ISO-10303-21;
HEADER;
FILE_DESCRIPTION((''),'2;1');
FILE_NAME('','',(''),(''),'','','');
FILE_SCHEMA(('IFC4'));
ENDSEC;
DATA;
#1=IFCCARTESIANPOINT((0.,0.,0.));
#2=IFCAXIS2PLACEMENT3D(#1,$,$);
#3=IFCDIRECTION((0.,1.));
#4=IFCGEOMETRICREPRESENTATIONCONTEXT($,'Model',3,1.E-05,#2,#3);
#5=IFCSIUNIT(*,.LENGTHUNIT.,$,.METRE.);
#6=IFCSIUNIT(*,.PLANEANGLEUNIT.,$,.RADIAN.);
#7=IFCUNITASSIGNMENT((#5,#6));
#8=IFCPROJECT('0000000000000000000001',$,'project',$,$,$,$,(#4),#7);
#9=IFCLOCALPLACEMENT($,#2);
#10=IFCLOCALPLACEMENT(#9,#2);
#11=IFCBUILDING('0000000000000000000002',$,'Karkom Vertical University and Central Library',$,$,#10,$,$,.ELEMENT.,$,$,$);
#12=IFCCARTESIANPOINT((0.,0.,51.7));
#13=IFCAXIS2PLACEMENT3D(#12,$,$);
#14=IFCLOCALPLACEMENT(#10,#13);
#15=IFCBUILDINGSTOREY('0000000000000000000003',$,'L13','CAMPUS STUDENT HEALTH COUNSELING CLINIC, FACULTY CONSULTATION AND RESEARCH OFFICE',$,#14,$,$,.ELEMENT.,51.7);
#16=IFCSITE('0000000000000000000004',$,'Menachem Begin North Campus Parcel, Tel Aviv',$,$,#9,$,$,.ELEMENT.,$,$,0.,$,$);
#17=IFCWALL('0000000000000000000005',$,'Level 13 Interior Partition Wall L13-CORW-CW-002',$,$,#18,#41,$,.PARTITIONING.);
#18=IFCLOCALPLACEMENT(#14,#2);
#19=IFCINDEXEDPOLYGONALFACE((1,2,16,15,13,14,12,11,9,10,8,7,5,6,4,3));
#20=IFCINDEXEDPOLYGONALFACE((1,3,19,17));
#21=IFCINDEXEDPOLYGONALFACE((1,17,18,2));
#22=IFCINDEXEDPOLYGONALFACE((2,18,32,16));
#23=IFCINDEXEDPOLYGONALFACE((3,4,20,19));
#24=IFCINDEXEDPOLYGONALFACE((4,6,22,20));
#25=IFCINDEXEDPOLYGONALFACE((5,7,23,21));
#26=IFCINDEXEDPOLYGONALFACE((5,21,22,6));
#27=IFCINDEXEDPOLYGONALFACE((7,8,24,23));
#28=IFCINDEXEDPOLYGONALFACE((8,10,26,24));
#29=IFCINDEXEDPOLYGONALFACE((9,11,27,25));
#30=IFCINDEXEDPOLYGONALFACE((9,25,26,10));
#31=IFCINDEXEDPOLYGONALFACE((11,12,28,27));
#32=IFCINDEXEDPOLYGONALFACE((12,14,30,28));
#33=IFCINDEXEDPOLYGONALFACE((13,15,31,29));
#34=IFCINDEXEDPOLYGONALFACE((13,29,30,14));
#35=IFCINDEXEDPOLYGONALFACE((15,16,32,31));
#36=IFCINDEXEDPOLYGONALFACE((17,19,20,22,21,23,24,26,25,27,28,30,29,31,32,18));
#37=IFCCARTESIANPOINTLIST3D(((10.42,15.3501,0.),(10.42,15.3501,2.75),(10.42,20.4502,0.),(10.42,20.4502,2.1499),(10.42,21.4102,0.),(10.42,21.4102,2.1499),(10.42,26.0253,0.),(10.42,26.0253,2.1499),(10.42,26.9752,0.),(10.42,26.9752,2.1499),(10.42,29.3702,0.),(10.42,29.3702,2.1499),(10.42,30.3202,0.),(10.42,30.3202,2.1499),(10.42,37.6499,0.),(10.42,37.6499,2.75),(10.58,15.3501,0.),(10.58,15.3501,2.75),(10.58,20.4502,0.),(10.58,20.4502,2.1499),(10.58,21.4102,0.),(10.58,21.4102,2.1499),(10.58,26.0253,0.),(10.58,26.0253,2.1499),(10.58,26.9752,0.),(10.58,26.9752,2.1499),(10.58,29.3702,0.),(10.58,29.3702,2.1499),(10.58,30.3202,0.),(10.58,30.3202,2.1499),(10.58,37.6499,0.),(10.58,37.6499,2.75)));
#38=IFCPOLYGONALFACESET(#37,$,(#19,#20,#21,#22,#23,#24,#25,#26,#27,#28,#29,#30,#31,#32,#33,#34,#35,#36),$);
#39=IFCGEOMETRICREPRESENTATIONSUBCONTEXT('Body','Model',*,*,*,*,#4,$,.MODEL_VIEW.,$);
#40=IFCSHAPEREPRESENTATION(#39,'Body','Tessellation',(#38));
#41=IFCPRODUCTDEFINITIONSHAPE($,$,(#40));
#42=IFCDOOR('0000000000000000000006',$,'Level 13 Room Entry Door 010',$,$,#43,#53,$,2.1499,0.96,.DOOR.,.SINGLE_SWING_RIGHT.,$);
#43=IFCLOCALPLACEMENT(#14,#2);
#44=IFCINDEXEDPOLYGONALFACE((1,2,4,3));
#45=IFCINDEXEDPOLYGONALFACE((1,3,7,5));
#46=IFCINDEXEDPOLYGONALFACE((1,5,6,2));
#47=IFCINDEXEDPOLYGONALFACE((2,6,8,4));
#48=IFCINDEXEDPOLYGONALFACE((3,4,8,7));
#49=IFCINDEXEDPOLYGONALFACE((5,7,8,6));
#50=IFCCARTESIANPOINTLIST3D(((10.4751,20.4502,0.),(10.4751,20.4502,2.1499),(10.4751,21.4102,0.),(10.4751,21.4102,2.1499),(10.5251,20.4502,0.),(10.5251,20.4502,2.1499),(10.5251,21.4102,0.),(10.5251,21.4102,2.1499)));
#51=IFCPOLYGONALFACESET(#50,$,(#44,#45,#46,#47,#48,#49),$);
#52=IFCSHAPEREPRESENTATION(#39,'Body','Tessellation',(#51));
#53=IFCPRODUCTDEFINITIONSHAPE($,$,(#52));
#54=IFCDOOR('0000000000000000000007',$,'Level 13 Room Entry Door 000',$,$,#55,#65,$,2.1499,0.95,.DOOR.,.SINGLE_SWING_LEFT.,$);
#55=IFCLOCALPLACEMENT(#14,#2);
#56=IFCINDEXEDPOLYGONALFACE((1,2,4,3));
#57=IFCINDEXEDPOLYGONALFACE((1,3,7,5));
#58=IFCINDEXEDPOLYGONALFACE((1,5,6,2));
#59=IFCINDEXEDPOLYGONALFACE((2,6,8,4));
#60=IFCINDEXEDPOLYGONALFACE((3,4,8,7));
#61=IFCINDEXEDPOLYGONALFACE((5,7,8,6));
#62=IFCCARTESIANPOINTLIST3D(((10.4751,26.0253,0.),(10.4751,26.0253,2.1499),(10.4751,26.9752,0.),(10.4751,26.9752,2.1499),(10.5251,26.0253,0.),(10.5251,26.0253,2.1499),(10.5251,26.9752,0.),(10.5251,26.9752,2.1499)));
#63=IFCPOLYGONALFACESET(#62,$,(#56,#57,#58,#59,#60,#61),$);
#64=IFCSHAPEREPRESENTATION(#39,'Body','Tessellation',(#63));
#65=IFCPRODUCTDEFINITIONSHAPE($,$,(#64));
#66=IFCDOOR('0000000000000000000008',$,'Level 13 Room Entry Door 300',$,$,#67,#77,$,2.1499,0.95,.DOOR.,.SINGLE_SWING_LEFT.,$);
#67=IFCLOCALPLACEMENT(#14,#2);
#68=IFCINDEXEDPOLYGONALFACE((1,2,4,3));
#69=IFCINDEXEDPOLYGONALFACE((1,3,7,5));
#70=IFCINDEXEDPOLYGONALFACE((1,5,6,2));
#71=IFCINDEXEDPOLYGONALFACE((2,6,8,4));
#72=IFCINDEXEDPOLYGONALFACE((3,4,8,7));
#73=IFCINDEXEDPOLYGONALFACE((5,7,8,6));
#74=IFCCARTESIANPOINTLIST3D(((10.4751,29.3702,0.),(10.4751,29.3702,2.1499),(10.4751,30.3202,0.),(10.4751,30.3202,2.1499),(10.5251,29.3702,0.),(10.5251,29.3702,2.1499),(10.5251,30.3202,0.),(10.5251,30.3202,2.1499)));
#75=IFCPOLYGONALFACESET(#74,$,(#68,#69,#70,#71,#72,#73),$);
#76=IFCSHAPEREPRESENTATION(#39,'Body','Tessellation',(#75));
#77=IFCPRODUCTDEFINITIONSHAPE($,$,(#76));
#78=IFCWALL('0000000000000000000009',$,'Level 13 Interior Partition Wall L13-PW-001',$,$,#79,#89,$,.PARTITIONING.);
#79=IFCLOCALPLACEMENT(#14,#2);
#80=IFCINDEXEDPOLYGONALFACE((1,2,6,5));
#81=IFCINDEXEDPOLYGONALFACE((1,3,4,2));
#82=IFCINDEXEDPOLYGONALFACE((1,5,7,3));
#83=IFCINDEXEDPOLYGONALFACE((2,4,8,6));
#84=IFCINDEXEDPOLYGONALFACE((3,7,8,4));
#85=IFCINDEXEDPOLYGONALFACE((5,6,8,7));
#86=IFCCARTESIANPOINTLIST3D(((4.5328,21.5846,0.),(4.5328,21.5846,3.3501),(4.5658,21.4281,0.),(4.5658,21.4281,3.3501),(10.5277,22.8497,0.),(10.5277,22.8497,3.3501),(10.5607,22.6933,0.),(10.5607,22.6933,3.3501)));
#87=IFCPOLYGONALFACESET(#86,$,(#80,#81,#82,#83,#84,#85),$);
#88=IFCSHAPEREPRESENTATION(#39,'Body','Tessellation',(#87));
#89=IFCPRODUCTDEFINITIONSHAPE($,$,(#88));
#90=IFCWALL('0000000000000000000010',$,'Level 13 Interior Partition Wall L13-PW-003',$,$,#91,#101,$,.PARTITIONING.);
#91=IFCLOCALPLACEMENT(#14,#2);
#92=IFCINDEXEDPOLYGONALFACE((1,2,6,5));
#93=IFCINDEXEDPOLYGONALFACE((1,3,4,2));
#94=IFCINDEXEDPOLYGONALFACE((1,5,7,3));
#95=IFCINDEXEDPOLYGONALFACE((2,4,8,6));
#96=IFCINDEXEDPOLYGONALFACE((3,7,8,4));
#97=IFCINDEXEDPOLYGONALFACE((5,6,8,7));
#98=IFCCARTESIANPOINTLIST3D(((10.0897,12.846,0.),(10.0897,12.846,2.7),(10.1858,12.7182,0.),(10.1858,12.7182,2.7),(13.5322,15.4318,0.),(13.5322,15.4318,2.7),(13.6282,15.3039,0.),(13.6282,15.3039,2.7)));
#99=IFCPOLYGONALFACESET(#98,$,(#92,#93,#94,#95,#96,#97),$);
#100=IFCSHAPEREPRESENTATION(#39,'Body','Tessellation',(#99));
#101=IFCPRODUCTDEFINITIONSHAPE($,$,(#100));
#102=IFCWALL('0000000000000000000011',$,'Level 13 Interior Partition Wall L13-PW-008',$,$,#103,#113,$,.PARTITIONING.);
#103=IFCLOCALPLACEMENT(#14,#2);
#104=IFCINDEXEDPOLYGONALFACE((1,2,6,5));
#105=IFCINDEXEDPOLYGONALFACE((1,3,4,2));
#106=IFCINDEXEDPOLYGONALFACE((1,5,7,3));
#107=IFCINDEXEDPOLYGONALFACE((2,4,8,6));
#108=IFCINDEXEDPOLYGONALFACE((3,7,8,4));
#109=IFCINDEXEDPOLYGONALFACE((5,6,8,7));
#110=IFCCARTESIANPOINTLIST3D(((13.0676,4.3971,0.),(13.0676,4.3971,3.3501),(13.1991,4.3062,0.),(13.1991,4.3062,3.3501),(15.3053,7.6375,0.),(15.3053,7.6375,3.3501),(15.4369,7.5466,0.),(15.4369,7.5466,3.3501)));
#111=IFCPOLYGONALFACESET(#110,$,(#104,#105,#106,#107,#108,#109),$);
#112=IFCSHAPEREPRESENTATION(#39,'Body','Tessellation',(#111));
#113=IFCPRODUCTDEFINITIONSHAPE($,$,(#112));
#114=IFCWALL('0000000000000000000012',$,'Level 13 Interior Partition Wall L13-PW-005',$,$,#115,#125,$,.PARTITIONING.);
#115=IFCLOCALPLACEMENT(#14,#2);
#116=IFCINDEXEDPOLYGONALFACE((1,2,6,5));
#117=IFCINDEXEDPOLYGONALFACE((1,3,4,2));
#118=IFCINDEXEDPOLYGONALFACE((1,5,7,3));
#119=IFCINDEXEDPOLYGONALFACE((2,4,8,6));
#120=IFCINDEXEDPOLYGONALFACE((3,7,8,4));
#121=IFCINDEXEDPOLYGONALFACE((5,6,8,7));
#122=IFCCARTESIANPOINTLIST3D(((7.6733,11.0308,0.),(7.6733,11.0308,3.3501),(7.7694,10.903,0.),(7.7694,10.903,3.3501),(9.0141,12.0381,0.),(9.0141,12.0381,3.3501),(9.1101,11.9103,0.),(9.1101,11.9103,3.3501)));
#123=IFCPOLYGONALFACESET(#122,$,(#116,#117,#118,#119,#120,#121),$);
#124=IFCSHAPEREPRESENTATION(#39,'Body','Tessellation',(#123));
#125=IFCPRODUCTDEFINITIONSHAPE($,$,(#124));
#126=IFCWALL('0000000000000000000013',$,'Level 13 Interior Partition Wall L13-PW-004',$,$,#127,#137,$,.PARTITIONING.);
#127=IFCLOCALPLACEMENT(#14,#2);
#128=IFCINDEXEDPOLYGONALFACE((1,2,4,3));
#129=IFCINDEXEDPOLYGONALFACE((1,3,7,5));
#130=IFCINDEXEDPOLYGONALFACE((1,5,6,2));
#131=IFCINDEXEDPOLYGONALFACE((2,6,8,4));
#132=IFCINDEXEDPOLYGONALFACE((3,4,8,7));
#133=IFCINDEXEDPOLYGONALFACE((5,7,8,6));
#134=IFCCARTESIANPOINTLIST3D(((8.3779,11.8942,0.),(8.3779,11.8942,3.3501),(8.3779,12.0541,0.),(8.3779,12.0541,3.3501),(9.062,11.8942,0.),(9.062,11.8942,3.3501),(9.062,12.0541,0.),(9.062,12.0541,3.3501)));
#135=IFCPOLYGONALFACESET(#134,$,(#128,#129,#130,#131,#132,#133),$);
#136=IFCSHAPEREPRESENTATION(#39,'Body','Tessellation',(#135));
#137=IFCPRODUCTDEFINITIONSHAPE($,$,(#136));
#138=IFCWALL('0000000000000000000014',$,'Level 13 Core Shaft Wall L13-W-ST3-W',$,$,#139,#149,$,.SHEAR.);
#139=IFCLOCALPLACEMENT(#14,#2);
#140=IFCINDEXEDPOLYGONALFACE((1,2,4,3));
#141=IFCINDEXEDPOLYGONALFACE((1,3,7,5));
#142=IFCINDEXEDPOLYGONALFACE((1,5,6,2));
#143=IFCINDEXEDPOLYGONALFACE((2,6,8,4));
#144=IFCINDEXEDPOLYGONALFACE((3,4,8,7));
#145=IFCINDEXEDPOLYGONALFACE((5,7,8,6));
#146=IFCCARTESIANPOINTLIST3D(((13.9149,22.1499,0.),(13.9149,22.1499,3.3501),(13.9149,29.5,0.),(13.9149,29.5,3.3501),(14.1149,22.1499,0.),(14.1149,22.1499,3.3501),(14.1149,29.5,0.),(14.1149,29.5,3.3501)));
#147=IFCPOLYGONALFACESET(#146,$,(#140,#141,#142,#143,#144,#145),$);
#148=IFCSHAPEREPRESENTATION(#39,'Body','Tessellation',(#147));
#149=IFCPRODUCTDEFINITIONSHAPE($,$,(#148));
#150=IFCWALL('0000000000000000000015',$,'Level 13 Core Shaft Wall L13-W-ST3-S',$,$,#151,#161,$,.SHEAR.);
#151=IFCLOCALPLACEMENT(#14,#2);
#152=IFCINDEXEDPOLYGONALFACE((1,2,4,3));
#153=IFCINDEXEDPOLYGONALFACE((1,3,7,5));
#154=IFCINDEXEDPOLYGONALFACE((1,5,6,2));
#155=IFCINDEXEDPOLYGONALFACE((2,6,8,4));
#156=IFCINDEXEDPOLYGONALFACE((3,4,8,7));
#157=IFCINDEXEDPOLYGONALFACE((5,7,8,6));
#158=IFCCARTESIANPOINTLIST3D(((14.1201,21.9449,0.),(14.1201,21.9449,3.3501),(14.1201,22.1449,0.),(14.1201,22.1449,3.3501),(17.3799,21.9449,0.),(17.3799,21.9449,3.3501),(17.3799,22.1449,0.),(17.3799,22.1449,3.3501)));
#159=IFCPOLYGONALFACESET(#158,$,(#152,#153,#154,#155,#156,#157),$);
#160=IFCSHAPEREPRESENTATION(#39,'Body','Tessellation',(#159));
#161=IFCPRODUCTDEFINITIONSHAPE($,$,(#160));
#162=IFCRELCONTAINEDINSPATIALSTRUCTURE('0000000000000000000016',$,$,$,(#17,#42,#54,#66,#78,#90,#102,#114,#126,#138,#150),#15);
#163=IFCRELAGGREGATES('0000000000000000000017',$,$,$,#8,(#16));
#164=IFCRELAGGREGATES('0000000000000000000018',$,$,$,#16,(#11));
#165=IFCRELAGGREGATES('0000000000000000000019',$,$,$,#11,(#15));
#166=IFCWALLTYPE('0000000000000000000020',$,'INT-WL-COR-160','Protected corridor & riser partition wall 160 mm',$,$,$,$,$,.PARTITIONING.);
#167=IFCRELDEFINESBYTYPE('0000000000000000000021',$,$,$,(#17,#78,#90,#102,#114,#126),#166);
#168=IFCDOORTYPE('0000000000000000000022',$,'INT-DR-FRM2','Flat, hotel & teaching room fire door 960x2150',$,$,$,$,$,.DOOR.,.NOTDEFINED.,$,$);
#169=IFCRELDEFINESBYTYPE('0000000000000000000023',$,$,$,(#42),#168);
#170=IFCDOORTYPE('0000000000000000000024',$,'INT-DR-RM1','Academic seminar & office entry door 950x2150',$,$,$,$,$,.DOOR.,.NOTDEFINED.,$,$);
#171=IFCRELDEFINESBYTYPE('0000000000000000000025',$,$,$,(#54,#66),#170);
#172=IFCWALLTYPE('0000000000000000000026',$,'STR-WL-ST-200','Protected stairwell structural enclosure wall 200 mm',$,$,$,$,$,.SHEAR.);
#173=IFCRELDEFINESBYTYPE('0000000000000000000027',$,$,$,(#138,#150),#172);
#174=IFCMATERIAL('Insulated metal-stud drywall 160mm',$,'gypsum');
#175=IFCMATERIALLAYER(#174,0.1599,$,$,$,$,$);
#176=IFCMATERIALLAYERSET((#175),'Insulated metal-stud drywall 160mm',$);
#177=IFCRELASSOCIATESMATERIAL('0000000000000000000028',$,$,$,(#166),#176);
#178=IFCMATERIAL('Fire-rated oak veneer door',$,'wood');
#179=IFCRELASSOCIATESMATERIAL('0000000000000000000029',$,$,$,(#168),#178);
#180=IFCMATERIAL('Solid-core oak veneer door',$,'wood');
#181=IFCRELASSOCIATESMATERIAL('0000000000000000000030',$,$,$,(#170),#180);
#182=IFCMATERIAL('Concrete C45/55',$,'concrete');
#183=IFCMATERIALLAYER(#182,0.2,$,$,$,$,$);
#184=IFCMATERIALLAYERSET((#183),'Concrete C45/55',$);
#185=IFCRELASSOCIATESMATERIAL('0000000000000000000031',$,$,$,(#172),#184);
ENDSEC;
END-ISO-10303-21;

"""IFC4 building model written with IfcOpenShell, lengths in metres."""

from ifc_helpers import new_model, si_unit, direction, frame, frame_2d, origin, origin_with_axes, place, context, subcontext, project, spatial, rectangle, extrude, source, transform, mapped, material, layer, layer_set, type_object, element, fill, save


model = new_model("IFC4")

# Units and contexts
model_context = context("Model", 3, precision=1e-05, world=origin(), true_north=direction((0.0, 1.0)))
body_context = subcontext(model_context, "Body", "Model", "MODEL_VIEW")
ifc_project = project(units=[si_unit("LENGTHUNIT", "METRE"), si_unit("PLANEANGLEUNIT", "RADIAN")], contexts=[model_context])

# Site, building, storey
site_placement = place(None, origin())
site = spatial("IfcSite", under=ifc_project, at=site_placement, Name="Menachem Begin North Campus Parcel, Tel Aviv", CompositionType="ELEMENT", RefElevation=0.0)
building_placement = place(site_placement, origin())
building = spatial("IfcBuilding", under=site, at=building_placement, Name="Karkom Vertical University and Central Library", CompositionType="ELEMENT")
storey_placement = place(building_placement, frame((0.0, 0.0, 51.7)))
storey = spatial("IfcBuildingStorey", under=building, at=storey_placement, Name="L13", Description="CAMPUS STUDENT HEALTH COUNSELING CLINIC, FACULTY CONSULTATION AND RESEARCH OFFICE", CompositionType="ELEMENT", Elevation=51.7)

# Shared definitions
ifc_material_1 = material(Name="Concrete C45/55", Category="concrete")

# Wall, openings, doors
ifc_material_2 = material(Name="Insulated metal-stud drywall 160mm", Category="gypsum")
ifc_layer_1 = layer(ifc_material_2, 0.1599)
ifc_layer_set_1 = layer_set([ifc_layer_1], Name="Insulated metal-stud drywall 160mm")
wall_type_1 = type_object("IfcWallType", Name="INT-WL-COR-160", Description="Protected corridor & riser partition wall 160 mm", PredefinedType="PARTITIONING", material=ifc_layer_set_1)
wall_1_placement = place(storey_placement, frame((10.5, 15.3501, 0.0), z_axis=(0.0, 0.0, 1.0), x_axis=(0.0, 1.0, 0.0)))
wall_1 = element("IfcWall", 1, at=wall_1_placement, inside=storey, type_object=wall_type_1, Name="Level 13 Interior Partition Wall L13-CORW-CW-002", PredefinedType="PARTITIONING", context=body_context, shape_type="SweptSolid", body=[
    extrude(rectangle(XDim=22.2998, YDim=0.1599, at=frame_2d((11.1499, 0.0))), origin(), (0.0, 0.0, 1.0), 2.75),
])
opening_1_placement = place(wall_1_placement, frame((10.675, 0.0, 0.0)))
opening_1 = element("IfcOpeningElement", 2, at=opening_1_placement, cuts=wall_1, PredefinedType="OPENING", context=body_context, shape_type="SweptSolid", body=[
    extrude(rectangle(XDim=0.95, YDim=2.1499, at=frame_2d((0.4751, 1.075))), frame((0.0, 0.0898, 0.0), z_axis=(0.0, -1.0, 0.0), x_axis=(1.0, 0.0, 0.0)), (0.0, 0.0, 1.0), 0.1799),
])
opening_2_placement = place(wall_1_placement, frame((5.1001, 0.0, 0.0)))
opening_2 = element("IfcOpeningElement", 3, at=opening_2_placement, cuts=wall_1, PredefinedType="OPENING", context=body_context, shape_type="SweptSolid", body=[
    extrude(rectangle(XDim=0.96, YDim=2.1499, at=frame_2d((0.48, 1.075))), frame((0.0, 0.0898, 0.0), z_axis=(0.0, -1.0, 0.0), x_axis=(1.0, 0.0, 0.0)), (0.0, 0.0, 1.0), 0.1799),
])
opening_3_placement = place(wall_1_placement, frame((14.02, 0.0, 0.0)))
opening_3 = element("IfcOpeningElement", 4, at=opening_3_placement, cuts=wall_1, PredefinedType="OPENING", context=body_context, shape_type="SweptSolid", body=[
    extrude(rectangle(XDim=0.95, YDim=2.1499, at=frame_2d((0.4751, 1.075))), frame((0.0, 0.0898, 0.0), z_axis=(0.0, -1.0, 0.0), x_axis=(1.0, 0.0, 0.0)), (0.0, 0.0, 1.0), 0.1799),
])
ifc_material_3 = material(Name="Fire-rated oak veneer door", Category="wood")
door_type_1 = type_object("IfcDoorType", Name="INT-DR-FRM2", Description="Flat, hotel & teaching room fire door 960x2150", OperationType="NOTDEFINED", PredefinedType="DOOR", material=ifc_material_3)
shared_shape_1 = source(origin_with_axes(), body_context, "Body", "SweptSolid", [
    extrude(rectangle(XDim=0.96, YDim=2.1499, at=frame_2d((0.48, 1.075))), frame((0.0, 0.0249, 0.0), z_axis=(0.0, -1.0, 0.0), x_axis=(1.0, 0.0, 0.0)), (0.0, 0.0, 1.0), 0.05),
])
door_1_placement = place(opening_2_placement, origin())
door_1 = element("IfcDoor", 5, at=door_1_placement, inside=storey, type_object=door_type_1, Name="Level 13 Room Entry Door 010", OperationType="SINGLE_SWING_RIGHT", OverallHeight=2.1499, OverallWidth=0.96, PredefinedType="DOOR", context=body_context, shape_type="MappedRepresentation", body=[
    mapped(shared_shape_1, transform((0.0, 0.0, 0.0), scale=1.0)),
])
fill(opening_2, door_1)
ifc_material_4 = material(Name="Solid-core oak veneer door", Category="wood")
door_type_2 = type_object("IfcDoorType", Name="INT-DR-RM1", Description="Academic seminar & office entry door 950x2150", OperationType="NOTDEFINED", PredefinedType="DOOR", material=ifc_material_4)
shared_shape_2 = source(origin_with_axes(), body_context, "Body", "SweptSolid", [
    extrude(rectangle(XDim=0.95, YDim=2.1499, at=frame_2d((0.4751, 1.075))), frame((0.0, 0.0249, 0.0), z_axis=(0.0, -1.0, 0.0), x_axis=(1.0, 0.0, 0.0)), (0.0, 0.0, 1.0), 0.05),
])
door_2_placement = place(opening_1_placement, origin())
door_2 = element("IfcDoor", 6, at=door_2_placement, inside=storey, type_object=door_type_2, Name="Level 13 Room Entry Door 000", OperationType="SINGLE_SWING_LEFT", OverallHeight=2.1499, OverallWidth=0.95, PredefinedType="DOOR", context=body_context, shape_type="MappedRepresentation", body=[
    mapped(shared_shape_2, transform((0.0, 0.0, 0.0), scale=1.0)),
])
fill(opening_1, door_2)
door_3_placement = place(opening_3_placement, origin())
door_3 = element("IfcDoor", 7, at=door_3_placement, inside=storey, type_object=door_type_2, Name="Level 13 Room Entry Door 300", OperationType="SINGLE_SWING_LEFT", OverallHeight=2.1499, OverallWidth=0.95, PredefinedType="DOOR", context=body_context, shape_type="MappedRepresentation", body=[
    mapped(shared_shape_2, transform((0.0, 0.0, 0.0), scale=1.0)),
])
fill(opening_3, door_3)

# Walls
wall_2_placement = place(storey_placement, frame((10.5442, 22.7715, 0.0), z_axis=(0.0, 0.0, 1.0), x_axis=(-0.978449, -0.206488, 0.0)))
element("IfcWall", 8, at=wall_2_placement, inside=storey, type_object=wall_type_1, Name="Level 13 Interior Partition Wall L13-PW-001", PredefinedType="PARTITIONING", context=body_context, shape_type="SweptSolid", body=[
    extrude(rectangle(XDim=6.127, YDim=0.1599, at=frame_2d((3.0635, 0.0))), origin(), (0.0, 0.0, 1.0), 3.3501),
])
wall_3_placement = place(storey_placement, frame((13.5803, 15.3679, 0.0), z_axis=(0.0, 0.0, 1.0), x_axis=(-0.799564, -0.600581, 0.0)))
element("IfcWall", 9, at=wall_3_placement, inside=storey, type_object=wall_type_1, Name="Level 13 Interior Partition Wall L13-PW-003", PredefinedType="PARTITIONING", context=body_context, shape_type="SweptSolid", body=[
    extrude(rectangle(XDim=4.3054, YDim=0.1599, at=frame_2d((2.1528, 0.0))), origin(), (0.0, 0.0, 1.0), 2.7),
])
wall_4_placement = place(storey_placement, frame((15.3711, 7.592, 0.0), z_axis=(0.0, 0.0, 1.0), x_axis=(-0.568246, -0.822859, 0.0)))
element("IfcWall", 10, at=wall_4_placement, inside=storey, type_object=wall_type_1, Name="Level 13 Interior Partition Wall L13-PW-008", PredefinedType="PARTITIONING", context=body_context, shape_type="SweptSolid", body=[
    extrude(rectangle(XDim=3.938, YDim=0.1599, at=frame_2d((1.969, 0.0))), origin(), (0.0, 0.0, 1.0), 3.3501),
])
wall_5_placement = place(storey_placement, frame((9.062, 11.9741, 0.0), z_axis=(0.0, 0.0, 1.0), x_axis=(-0.799511, -0.600652, 0.0)))
element("IfcWall", 11, at=wall_5_placement, inside=storey, type_object=wall_type_1, Name="Level 13 Interior Partition Wall L13-PW-005", PredefinedType="PARTITIONING", context=body_context, shape_type="SweptSolid", body=[
    extrude(rectangle(XDim=1.677, YDim=0.1599, at=frame_2d((0.8384, 0.0))), origin(), (0.0, 0.0, 1.0), 3.3501),
])
wall_6_placement = place(storey_placement, frame((8.3779, 11.9741, 0.0), z_axis=(0.0, 0.0, 1.0), x_axis=(1.0, 0.0, 0.0)))
element("IfcWall", 12, at=wall_6_placement, inside=storey, type_object=wall_type_1, Name="Level 13 Interior Partition Wall L13-PW-004", PredefinedType="PARTITIONING", context=body_context, shape_type="SweptSolid", body=[
    extrude(rectangle(XDim=0.6841, YDim=0.1599, at=frame_2d((0.342, 0.0))), origin(), (0.0, 0.0, 1.0), 3.3501),
])
ifc_layer_2 = layer(ifc_material_1, 0.2)
ifc_layer_set_2 = layer_set([ifc_layer_2], Name="Concrete C45/55")
wall_type_2 = type_object("IfcWallType", Name="STR-WL-ST-200", Description="Protected stairwell structural enclosure wall 200 mm", PredefinedType="SHEAR", material=ifc_layer_set_2)
wall_7_placement = place(storey_placement, frame((14.0149, 22.1499, 0.0), z_axis=(0.0, 0.0, 1.0), x_axis=(0.0, 1.0, 0.0)))
element("IfcWall", 13, at=wall_7_placement, inside=storey, type_object=wall_type_2, Name="Level 13 Core Shaft Wall L13-W-ST3-W", PredefinedType="SHEAR", context=body_context, shape_type="SweptSolid", body=[
    extrude(rectangle(XDim=7.3501, YDim=0.2, at=frame_2d((3.675, 0.0))), origin(), (0.0, 0.0, 1.0), 3.3501),
])
wall_8_placement = place(storey_placement, frame((14.1201, 22.0449, 0.0), z_axis=(0.0, 0.0, 1.0), x_axis=(1.0, 0.0, 0.0)))
element("IfcWall", 14, at=wall_8_placement, inside=storey, type_object=wall_type_2, Name="Level 13 Core Shaft Wall L13-W-ST3-S", PredefinedType="SHEAR", context=body_context, shape_type="SweptSolid", body=[
    extrude(rectangle(XDim=3.2598, YDim=0.2, at=frame_2d((1.6299, 0.0))), origin(), (0.0, 0.0, 1.0), 3.3501),
])

save(model, "model.ifc")
